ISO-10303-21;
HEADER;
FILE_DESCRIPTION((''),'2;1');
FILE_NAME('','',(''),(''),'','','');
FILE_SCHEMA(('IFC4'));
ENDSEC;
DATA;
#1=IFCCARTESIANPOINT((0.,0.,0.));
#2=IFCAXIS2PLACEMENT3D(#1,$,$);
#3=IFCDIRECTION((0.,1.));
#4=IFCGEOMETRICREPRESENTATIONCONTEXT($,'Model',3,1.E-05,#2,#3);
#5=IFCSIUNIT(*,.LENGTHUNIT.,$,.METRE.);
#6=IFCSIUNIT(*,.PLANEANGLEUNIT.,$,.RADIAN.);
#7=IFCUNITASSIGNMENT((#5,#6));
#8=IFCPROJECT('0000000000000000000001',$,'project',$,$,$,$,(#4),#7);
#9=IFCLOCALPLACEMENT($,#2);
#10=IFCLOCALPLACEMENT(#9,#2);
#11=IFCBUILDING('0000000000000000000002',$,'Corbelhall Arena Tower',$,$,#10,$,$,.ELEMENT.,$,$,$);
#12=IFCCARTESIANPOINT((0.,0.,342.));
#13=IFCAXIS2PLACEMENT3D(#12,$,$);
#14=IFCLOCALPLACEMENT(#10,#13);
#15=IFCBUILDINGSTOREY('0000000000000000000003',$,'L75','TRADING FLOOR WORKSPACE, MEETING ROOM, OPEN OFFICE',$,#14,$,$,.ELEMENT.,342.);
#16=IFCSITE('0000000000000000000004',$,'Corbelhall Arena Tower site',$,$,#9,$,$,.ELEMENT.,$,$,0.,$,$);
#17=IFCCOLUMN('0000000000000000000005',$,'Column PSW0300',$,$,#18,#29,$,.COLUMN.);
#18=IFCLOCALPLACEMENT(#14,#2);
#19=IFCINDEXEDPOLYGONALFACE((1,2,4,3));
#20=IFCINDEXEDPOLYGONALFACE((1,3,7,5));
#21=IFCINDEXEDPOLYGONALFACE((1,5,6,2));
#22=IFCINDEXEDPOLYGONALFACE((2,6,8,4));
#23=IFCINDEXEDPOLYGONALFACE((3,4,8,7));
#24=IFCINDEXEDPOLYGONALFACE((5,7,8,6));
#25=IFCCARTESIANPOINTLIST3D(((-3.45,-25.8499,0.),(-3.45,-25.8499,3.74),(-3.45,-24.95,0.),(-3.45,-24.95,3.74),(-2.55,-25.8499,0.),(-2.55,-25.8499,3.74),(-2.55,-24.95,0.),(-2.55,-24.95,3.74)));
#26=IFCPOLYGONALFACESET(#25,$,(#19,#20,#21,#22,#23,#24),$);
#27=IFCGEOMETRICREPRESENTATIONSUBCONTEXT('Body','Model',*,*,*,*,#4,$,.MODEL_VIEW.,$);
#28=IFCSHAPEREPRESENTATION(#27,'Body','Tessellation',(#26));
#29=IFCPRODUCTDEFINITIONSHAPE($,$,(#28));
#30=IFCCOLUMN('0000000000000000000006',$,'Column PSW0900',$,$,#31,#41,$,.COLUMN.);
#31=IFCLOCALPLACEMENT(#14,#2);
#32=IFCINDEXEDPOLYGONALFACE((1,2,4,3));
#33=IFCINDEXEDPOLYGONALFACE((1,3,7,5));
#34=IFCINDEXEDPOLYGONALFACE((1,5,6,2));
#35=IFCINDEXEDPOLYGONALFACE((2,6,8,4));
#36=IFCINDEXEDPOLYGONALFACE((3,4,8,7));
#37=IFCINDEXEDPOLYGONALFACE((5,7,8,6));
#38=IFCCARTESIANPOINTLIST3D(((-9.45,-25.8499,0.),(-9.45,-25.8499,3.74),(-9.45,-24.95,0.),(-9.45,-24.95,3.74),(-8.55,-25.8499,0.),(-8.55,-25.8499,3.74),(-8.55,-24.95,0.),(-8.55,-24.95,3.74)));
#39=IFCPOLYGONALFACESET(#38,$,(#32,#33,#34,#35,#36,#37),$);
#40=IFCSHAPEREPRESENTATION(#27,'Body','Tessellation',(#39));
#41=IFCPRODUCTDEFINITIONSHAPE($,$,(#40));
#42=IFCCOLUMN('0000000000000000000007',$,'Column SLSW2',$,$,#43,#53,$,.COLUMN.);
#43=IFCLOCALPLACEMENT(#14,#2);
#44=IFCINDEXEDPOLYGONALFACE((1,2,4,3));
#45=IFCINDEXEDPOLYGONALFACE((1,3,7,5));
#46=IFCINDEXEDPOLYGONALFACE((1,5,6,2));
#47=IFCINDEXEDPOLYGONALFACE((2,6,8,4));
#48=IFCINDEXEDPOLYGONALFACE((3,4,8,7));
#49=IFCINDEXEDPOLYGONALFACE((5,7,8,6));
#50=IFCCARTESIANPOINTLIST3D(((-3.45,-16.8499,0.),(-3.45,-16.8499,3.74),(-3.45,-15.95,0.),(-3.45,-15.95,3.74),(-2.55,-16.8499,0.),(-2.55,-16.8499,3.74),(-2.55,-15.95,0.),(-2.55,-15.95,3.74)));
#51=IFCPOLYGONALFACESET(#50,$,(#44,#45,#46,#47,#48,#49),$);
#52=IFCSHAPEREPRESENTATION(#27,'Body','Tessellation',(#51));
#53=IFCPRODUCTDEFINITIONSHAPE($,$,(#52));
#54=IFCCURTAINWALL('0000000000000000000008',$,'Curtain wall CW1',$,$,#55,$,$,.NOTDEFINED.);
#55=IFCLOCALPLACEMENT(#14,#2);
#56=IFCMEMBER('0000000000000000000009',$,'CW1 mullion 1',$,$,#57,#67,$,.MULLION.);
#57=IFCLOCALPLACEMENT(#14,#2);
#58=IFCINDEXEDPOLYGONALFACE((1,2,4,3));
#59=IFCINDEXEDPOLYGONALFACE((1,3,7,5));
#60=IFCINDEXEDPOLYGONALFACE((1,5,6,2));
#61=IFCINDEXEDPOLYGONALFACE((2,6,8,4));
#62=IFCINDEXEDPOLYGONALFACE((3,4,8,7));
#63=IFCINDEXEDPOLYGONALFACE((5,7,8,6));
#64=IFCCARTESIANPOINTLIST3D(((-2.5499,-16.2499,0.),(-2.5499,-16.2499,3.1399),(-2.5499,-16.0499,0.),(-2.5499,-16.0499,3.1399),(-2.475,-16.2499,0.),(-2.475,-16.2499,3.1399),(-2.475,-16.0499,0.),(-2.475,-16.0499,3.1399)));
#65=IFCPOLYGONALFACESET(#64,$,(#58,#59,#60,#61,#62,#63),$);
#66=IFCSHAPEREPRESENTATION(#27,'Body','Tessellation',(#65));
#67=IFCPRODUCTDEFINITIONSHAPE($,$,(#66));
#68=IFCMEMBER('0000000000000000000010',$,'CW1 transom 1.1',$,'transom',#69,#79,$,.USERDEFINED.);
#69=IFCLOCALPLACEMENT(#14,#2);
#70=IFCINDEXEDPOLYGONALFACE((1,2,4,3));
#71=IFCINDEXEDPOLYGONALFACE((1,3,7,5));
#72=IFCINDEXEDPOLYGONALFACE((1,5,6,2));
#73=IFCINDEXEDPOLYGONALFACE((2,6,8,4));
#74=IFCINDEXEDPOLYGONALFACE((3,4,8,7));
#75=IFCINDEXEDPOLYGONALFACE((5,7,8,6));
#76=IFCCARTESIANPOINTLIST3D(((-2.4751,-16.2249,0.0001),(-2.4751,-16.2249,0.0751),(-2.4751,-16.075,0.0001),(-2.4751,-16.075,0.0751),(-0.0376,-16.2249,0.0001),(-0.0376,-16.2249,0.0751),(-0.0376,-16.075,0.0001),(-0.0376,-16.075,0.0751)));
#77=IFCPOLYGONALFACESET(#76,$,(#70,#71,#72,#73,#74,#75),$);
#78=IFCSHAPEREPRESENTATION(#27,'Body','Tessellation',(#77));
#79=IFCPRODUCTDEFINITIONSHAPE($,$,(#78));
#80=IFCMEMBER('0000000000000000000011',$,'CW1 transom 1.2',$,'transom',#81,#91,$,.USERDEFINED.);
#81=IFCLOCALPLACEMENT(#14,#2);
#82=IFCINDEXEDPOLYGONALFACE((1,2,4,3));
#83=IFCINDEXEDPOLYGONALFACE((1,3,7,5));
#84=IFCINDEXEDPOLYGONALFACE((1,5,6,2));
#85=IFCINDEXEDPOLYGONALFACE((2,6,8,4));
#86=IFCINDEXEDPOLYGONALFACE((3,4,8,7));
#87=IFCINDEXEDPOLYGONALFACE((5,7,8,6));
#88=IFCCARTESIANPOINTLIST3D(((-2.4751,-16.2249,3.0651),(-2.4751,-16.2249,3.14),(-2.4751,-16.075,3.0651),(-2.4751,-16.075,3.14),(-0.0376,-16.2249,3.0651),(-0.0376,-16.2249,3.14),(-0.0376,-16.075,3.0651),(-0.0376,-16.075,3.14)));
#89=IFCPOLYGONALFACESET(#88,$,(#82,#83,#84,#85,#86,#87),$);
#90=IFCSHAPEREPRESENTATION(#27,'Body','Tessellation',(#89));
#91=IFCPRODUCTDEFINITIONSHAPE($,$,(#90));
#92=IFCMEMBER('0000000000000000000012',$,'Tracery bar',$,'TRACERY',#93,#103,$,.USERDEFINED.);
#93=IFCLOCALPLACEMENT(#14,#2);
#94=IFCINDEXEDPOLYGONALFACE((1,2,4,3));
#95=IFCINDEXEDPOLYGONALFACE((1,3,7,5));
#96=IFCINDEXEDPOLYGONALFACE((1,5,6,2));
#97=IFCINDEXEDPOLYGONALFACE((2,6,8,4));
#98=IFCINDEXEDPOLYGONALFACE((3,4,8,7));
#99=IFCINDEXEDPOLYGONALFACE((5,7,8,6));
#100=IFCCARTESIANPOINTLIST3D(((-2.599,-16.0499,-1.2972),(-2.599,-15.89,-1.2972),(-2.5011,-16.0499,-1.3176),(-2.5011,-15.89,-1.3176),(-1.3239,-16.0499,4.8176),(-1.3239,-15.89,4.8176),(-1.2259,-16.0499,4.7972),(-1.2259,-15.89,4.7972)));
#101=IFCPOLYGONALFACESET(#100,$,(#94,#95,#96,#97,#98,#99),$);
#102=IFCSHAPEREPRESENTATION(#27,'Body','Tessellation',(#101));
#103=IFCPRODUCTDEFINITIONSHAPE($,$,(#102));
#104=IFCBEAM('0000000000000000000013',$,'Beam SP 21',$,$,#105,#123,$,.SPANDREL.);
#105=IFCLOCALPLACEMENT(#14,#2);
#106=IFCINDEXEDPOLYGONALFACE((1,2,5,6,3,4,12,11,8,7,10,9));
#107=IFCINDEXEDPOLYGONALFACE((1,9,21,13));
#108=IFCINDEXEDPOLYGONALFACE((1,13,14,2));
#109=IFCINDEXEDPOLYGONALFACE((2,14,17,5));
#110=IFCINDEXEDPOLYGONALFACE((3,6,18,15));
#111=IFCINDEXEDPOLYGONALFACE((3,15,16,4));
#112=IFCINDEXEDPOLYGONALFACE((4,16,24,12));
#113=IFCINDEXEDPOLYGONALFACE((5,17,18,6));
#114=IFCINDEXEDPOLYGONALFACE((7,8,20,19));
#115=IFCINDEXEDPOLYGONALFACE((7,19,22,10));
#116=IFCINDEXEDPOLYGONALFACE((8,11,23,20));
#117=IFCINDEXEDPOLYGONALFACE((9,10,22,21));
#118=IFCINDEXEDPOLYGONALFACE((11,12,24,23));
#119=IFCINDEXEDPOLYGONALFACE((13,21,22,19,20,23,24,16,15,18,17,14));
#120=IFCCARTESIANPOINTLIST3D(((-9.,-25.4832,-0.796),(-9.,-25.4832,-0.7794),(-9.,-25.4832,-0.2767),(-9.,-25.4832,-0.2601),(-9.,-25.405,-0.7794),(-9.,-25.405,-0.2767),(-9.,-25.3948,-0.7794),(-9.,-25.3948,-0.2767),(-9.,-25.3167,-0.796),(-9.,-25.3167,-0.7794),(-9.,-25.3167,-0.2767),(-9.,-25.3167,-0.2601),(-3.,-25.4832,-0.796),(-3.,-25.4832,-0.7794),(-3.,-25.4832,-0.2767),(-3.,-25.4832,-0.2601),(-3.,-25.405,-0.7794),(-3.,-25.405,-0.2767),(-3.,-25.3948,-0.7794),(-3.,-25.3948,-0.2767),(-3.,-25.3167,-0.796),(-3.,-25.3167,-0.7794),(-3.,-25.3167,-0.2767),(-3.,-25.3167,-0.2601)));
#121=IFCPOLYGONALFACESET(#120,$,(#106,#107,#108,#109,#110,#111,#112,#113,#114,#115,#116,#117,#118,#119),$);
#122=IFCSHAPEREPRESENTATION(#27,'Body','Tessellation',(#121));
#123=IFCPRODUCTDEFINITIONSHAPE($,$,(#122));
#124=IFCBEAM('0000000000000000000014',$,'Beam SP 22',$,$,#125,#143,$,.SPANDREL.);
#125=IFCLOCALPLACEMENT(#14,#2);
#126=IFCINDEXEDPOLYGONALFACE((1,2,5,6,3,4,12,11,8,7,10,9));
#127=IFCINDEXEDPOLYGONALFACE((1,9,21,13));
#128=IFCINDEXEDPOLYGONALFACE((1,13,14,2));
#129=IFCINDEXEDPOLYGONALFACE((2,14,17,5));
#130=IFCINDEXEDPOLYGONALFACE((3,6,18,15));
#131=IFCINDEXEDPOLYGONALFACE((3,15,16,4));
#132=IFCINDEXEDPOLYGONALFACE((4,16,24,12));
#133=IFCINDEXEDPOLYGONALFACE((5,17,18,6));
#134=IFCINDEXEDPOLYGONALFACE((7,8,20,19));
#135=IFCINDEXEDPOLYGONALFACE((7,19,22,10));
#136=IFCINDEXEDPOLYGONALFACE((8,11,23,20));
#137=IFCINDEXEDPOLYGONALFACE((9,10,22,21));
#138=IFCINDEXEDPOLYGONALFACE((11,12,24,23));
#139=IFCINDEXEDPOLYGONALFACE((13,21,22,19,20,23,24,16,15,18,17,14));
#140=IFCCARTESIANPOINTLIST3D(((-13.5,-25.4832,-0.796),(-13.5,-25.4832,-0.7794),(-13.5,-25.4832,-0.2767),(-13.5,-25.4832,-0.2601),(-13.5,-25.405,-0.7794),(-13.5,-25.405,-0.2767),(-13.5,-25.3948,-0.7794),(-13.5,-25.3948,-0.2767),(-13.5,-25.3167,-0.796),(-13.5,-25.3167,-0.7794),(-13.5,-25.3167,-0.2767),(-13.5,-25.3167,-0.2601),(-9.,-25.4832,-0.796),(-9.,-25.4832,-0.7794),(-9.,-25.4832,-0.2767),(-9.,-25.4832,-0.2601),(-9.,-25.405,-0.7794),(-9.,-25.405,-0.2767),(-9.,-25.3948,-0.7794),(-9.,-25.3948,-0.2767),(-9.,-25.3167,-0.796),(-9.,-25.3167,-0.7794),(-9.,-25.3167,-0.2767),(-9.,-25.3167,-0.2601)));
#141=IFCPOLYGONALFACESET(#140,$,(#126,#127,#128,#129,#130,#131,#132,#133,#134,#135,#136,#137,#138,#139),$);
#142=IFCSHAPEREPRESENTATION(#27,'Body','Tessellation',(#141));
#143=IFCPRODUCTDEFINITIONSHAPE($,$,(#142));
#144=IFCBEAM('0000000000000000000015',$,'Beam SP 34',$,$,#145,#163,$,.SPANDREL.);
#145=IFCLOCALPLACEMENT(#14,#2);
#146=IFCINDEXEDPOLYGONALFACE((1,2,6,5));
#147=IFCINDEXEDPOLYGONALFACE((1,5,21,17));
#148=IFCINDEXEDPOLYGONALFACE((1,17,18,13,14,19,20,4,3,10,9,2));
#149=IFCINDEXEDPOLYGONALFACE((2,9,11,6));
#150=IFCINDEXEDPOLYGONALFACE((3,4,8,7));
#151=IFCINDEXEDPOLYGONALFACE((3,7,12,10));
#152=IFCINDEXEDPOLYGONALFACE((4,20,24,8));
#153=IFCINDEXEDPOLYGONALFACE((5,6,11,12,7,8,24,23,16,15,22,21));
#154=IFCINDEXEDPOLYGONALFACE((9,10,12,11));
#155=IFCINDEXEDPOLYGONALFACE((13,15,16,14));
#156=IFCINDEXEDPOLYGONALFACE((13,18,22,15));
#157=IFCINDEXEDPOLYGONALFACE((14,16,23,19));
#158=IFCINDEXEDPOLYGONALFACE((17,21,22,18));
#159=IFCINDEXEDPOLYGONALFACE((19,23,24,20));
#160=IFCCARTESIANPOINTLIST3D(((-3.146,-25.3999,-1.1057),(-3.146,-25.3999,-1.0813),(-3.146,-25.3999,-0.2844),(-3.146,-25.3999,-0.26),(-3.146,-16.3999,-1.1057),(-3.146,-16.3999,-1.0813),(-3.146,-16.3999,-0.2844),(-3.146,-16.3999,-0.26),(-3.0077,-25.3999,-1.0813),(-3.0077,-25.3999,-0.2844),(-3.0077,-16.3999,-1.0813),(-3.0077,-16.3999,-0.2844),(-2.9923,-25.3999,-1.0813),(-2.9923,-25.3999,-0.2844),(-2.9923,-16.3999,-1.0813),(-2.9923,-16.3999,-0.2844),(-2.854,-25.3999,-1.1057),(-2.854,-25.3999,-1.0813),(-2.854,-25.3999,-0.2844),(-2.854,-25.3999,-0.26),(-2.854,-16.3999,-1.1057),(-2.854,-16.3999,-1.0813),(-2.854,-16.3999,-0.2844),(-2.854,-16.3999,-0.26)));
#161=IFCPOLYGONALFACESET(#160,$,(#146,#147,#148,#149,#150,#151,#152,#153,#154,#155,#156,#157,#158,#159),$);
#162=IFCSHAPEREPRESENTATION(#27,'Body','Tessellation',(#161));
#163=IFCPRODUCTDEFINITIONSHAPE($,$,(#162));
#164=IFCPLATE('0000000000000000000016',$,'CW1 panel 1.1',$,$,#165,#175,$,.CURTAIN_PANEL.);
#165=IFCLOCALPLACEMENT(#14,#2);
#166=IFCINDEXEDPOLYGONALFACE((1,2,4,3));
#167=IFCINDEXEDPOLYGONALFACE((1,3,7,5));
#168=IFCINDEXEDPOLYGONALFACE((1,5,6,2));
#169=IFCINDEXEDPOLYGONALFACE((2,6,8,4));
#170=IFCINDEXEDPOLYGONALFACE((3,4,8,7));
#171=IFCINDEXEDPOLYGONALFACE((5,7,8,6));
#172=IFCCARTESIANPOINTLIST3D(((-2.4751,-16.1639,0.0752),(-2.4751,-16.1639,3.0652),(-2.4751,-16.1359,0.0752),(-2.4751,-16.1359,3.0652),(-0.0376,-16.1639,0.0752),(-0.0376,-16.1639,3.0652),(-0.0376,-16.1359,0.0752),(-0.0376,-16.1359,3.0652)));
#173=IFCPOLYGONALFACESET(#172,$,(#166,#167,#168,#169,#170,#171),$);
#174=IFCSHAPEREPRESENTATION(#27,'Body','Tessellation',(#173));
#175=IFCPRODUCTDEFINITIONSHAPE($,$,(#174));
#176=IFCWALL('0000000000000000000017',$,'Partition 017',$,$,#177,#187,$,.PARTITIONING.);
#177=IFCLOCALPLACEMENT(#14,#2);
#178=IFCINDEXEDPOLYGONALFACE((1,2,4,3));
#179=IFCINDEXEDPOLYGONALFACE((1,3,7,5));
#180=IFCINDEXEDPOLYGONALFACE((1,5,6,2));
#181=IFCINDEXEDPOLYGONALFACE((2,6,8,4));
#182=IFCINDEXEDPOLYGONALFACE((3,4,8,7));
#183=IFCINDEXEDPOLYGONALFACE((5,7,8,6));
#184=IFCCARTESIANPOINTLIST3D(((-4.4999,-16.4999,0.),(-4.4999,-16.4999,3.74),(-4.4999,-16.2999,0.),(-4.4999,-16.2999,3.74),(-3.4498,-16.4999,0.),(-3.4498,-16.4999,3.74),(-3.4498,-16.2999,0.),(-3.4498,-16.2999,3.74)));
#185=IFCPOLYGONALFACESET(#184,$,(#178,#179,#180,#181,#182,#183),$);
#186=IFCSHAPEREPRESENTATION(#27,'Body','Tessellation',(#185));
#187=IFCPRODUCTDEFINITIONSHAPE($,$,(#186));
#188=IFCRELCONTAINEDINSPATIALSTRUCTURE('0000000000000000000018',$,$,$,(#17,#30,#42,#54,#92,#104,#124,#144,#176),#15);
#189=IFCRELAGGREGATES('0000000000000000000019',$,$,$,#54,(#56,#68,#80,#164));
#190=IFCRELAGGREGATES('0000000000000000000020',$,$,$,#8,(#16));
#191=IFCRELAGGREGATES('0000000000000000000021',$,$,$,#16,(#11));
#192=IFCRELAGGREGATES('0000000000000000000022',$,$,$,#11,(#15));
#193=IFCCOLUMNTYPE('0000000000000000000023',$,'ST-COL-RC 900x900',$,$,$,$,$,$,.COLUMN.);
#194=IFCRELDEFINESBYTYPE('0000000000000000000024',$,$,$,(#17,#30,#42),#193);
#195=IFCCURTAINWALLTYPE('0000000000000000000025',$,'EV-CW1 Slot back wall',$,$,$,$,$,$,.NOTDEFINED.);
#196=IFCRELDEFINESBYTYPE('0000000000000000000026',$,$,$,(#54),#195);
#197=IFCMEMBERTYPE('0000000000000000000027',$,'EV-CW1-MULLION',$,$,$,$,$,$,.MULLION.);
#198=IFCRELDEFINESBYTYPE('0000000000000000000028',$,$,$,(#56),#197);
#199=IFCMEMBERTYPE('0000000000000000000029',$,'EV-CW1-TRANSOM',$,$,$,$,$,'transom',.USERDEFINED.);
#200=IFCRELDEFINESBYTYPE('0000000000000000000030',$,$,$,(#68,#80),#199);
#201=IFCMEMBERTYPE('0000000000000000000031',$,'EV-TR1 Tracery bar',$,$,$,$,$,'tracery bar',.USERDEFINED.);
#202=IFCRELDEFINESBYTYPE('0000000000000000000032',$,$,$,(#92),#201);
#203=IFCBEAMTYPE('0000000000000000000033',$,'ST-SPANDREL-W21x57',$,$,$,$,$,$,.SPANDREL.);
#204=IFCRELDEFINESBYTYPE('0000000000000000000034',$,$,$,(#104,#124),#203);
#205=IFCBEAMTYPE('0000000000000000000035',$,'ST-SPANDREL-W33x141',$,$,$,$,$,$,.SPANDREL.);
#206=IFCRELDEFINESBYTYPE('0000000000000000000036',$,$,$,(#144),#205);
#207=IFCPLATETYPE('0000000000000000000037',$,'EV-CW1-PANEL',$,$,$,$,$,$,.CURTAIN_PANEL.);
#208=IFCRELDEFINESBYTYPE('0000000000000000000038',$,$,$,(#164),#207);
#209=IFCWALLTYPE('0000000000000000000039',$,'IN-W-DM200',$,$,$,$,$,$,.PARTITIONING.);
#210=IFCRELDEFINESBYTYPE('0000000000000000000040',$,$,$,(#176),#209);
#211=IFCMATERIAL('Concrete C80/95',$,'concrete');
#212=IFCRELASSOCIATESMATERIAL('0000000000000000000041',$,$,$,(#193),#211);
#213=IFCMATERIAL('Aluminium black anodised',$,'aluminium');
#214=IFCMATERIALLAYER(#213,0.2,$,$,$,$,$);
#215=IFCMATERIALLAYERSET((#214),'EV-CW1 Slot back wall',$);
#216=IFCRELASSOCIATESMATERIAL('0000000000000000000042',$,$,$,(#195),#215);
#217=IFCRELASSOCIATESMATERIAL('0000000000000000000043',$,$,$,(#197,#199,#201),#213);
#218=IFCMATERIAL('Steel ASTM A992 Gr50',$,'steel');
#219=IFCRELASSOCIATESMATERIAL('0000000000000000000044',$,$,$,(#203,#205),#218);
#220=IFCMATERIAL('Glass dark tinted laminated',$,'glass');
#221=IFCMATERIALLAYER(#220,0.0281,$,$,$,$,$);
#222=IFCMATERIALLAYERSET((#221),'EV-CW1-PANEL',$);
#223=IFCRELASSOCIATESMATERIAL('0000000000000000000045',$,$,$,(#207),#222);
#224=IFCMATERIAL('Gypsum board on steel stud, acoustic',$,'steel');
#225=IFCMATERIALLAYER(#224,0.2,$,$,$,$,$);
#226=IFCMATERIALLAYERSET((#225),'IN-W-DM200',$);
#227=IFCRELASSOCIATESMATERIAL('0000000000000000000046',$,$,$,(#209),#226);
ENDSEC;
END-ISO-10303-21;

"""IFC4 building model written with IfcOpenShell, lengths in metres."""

from ifc_helpers import new_model, si_unit, direction, frame, frame_2d, origin, origin_2d, place, context, subcontext, project, spatial, rectangle, i_section, extrude, material, layer, layer_set, material_profile, profile_set, type_object, element, aggregate, save


model = new_model("IFC4")

# Units and contexts
model_context = context("Model", 3, precision=1e-05, world=origin(), true_north=direction((0.0, 1.0)))
body_context = subcontext(model_context, "Body", "Model", "MODEL_VIEW")
ifc_project = project(units=[si_unit("LENGTHUNIT", "METRE"), si_unit("PLANEANGLEUNIT", "RADIAN")], contexts=[model_context])

# Site, building, storey
site_placement = place(None, origin())
site = spatial("IfcSite", under=ifc_project, at=site_placement, Name="Corbelhall Arena Tower site", CompositionType="ELEMENT", RefElevation=0.0)
building_placement = place(site_placement, origin())
building = spatial("IfcBuilding", under=site, at=building_placement, Name="Corbelhall Arena Tower", CompositionType="ELEMENT")
storey_placement = place(building_placement, frame((0.0, 0.0, 342.0)))
storey = spatial("IfcBuildingStorey", under=building, at=storey_placement, Name="L75", Description="TRADING FLOOR WORKSPACE, MEETING ROOM, OPEN OFFICE", CompositionType="ELEMENT", Elevation=342.0)

# Columns
ifc_material_1 = material(Name="Concrete C80/95", Category="concrete")
ifc_material_profile_1 = material_profile(ifc_material_1, rectangle(XDim=0.8999, YDim=0.8999, at=origin_2d()))
ifc_profile_set_1 = profile_set([ifc_material_profile_1], Name="Concrete C80/95")
column_type = type_object("IfcColumnType", Name="ST-COL-RC 900x900", PredefinedType="COLUMN", material=ifc_profile_set_1)
for number, where, z_axis, x_axis, name in (
    (1, (-3.0, -25.3999, 0.0), (0.0, 0.0, 1.0), (1.0, 0.0, 0.0), "Column PSW0300"),
    (2, (-9.0, -25.3999, 0.0), (0.0, 0.0, 1.0), (1.0, 0.0, 0.0), "Column PSW0900"),
    (3, (-3.0, -16.3999, 0.0), (0.0, 0.0, 1.0), (1.0, 0.0, 0.0), "Column SLSW2"),
):
    element("IfcColumn", number, at=place(storey_placement, frame(where, z_axis=z_axis, x_axis=x_axis)), inside=storey, type_object=column_type, Name=name, PredefinedType="COLUMN", context=body_context, shape_type="SweptSolid", body=[
        extrude(rectangle(XDim=0.8999, YDim=0.8999, at=origin_2d()), origin(), (0.0, 0.0, 1.0), 3.74),
    ])

# Curtain wall, members
ifc_material_2 = material(Name="Aluminium black anodised", Category="aluminium")
ifc_layer_1 = layer(ifc_material_2, 0.2)
ifc_layer_set_1 = layer_set([ifc_layer_1], Name="EV-CW1 Slot back wall")
curtain_wall_type = type_object("IfcCurtainWallType", Name="EV-CW1 Slot back wall", PredefinedType="NOTDEFINED", material=ifc_layer_set_1)
curtain_wall_placement = place(storey_placement, origin())
curtain_wall = element("IfcCurtainWall", 4, at=curtain_wall_placement, inside=storey, type_object=curtain_wall_type, Name="Curtain wall CW1", PredefinedType="NOTDEFINED")
ifc_material_profile_2 = material_profile(ifc_material_2, rectangle(XDim=0.2, YDim=0.075, at=origin_2d()))
ifc_profile_set_2 = profile_set([ifc_material_profile_2], Name="Aluminium black anodised")
member_type_1 = type_object("IfcMemberType", Name="EV-CW1-MULLION", PredefinedType="MULLION", material=ifc_profile_set_2)
member_1_placement = place(storey_placement, frame((-2.5125, -16.1499, 0.0), z_axis=(0.0, 0.0, 1.0), x_axis=(0.0, 1.0, 0.0)))
member_1 = element("IfcMember", 5, at=member_1_placement, type_object=member_type_1, Name="CW1 mullion 1", PredefinedType="MULLION", context=body_context, shape_type="SweptSolid", body=[
    extrude(rectangle(XDim=0.2, YDim=0.075, at=origin_2d()), origin(), (0.0, 0.0, 1.0), 3.1399),
])
ifc_material_profile_3 = material_profile(ifc_material_2, rectangle(XDim=0.1499, YDim=0.075, at=origin_2d()))
ifc_profile_set_3 = profile_set([ifc_material_profile_3], Name="Aluminium black anodised")
member_type_2 = type_object("IfcMemberType", Name="EV-CW1-TRANSOM", ElementType="transom", PredefinedType="USERDEFINED", material=ifc_profile_set_3)
member_2_placement = place(storey_placement, frame((-2.4751, -16.1499, 0.0376), z_axis=(1.0, 0.0, 0.0), x_axis=(0.0, 1.0, 0.0)))
member_2 = element("IfcMember", 6, at=member_2_placement, type_object=member_type_2, Name="CW1 transom 1.1", ObjectType="transom", PredefinedType="USERDEFINED", context=body_context, shape_type="SweptSolid", body=[
    extrude(rectangle(XDim=0.1499, YDim=0.075, at=origin_2d()), origin(), (0.0, 0.0, 1.0), 2.4375),
])
member_3_placement = place(storey_placement, frame((-2.4751, -16.1499, 3.1025), z_axis=(1.0, 0.0, 0.0), x_axis=(0.0, 1.0, 0.0)))
member_3 = element("IfcMember", 7, at=member_3_placement, type_object=member_type_2, Name="CW1 transom 1.2", ObjectType="transom", PredefinedType="USERDEFINED", context=body_context, shape_type="SweptSolid", body=[
    extrude(rectangle(XDim=0.1499, YDim=0.075, at=origin_2d()), origin(), (0.0, 0.0, 1.0), 2.4375),
])

# Member
ifc_material_profile_4 = material_profile(ifc_material_2, rectangle(XDim=0.1599, YDim=0.1001, at=origin_2d()))
ifc_profile_set_4 = profile_set([ifc_material_profile_4], Name="Aluminium black anodised")
member_type_3 = type_object("IfcMemberType", Name="EV-TR1 Tracery bar", ElementType="tracery bar", PredefinedType="USERDEFINED", material=ifc_profile_set_4)
member_4_placement = place(storey_placement, frame((-2.55, -15.97, -1.3074), z_axis=(0.204145, 0.0, 0.978941), x_axis=(0.0, 1.0, 0.0)))
element("IfcMember", 8, at=member_4_placement, inside=storey, type_object=member_type_3, Name="Tracery bar", ObjectType="TRACERY", PredefinedType="USERDEFINED", context=body_context, shape_type="SweptSolid", body=[
    extrude(rectangle(XDim=0.1599, YDim=0.1001, at=origin_2d()), origin(), (0.0, 0.0, 1.0), 6.2463),
])

# Beams
ifc_material_3 = material(Name="Steel ASTM A992 Gr50", Category="steel")
ifc_material_profile_5 = material_profile(ifc_material_3, i_section(OverallWidth=0.1665, OverallDepth=0.5359, WebThickness=0.0103, FlangeThickness=0.0166, at=origin_2d()))
ifc_profile_set_5 = profile_set([ifc_material_profile_5], Name="Steel ASTM A992 Gr50")
beam_type_1 = type_object("IfcBeamType", Name="ST-SPANDREL-W21x57", PredefinedType="SPANDREL", material=ifc_profile_set_5)
beam_1_placement = place(storey_placement, frame((-3.0, -25.3999, -0.5281), z_axis=(-1.0, 0.0, 0.0), x_axis=(0.0, -1.0, 0.0)))
element("IfcBeam", 9, at=beam_1_placement, inside=storey, type_object=beam_type_1, Name="Beam SP 21", PredefinedType="SPANDREL", context=body_context, shape_type="SweptSolid", body=[
    extrude(i_section(OverallWidth=0.1665, OverallDepth=0.5359, WebThickness=0.0103, FlangeThickness=0.0166, at=origin_2d()), origin(), (0.0, 0.0, 1.0), 6.0),
])
beam_2_placement = place(storey_placement, frame((-9.0, -25.3999, -0.5281), z_axis=(-1.0, 0.0, 0.0), x_axis=(0.0, -1.0, 0.0)))
element("IfcBeam", 10, at=beam_2_placement, inside=storey, type_object=beam_type_1, Name="Beam SP 22", PredefinedType="SPANDREL", context=body_context, shape_type="SweptSolid", body=[
    extrude(i_section(OverallWidth=0.1665, OverallDepth=0.5359, WebThickness=0.0103, FlangeThickness=0.0166, at=origin_2d()), origin(), (0.0, 0.0, 1.0), 4.5),
])
ifc_material_profile_6 = material_profile(ifc_material_3, i_section(OverallWidth=0.292, OverallDepth=0.8457, WebThickness=0.0154, FlangeThickness=0.0244, at=origin_2d()))
ifc_profile_set_6 = profile_set([ifc_material_profile_6], Name="Steel ASTM A992 Gr50")
beam_type_2 = type_object("IfcBeamType", Name="ST-SPANDREL-W33x141", PredefinedType="SPANDREL", material=ifc_profile_set_6)
beam_3_placement = place(storey_placement, frame((-3.0, -16.3999, -0.6829), z_axis=(0.0, -1.0, 0.0), x_axis=(1.0, 0.0, 0.0)))
element("IfcBeam", 11, at=beam_3_placement, inside=storey, type_object=beam_type_2, Name="Beam SP 34", PredefinedType="SPANDREL", context=body_context, shape_type="SweptSolid", body=[
    extrude(i_section(OverallWidth=0.292, OverallDepth=0.8457, WebThickness=0.0154, FlangeThickness=0.0244, at=origin_2d()), origin(), (0.0, 0.0, 1.0), 9.0),
])

# Plate
ifc_material_4 = material(Name="Glass dark tinted laminated", Category="glass")
ifc_layer_2 = layer(ifc_material_4, 0.0281)
ifc_layer_set_2 = layer_set([ifc_layer_2], Name="EV-CW1-PANEL")
plate_type = type_object("IfcPlateType", Name="EV-CW1-PANEL", PredefinedType="CURTAIN_PANEL", material=ifc_layer_set_2)
plate_placement = place(storey_placement, frame((-1.2563, -16.1499, 0.0752), z_axis=(0.0, 0.0, 1.0), x_axis=(1.0, 0.0, 0.0)))
plate = element("IfcPlate", 12, at=plate_placement, type_object=plate_type, Name="CW1 panel 1.1", PredefinedType="CURTAIN_PANEL", context=body_context, shape_type="SweptSolid", body=[
    extrude(rectangle(XDim=2.4375, YDim=0.0281, at=origin_2d()), origin(), (0.0, 0.0, 1.0), 2.99),
])
aggregate(curtain_wall, [member_1, member_2, member_3, plate])

# Shared definitions
ifc_material_5 = material(Name="Gypsum board on steel stud, acoustic", Category="steel")
ifc_layer_3 = layer(ifc_material_5, 0.2)
ifc_layer_set_3 = layer_set([ifc_layer_3], Name="IN-W-DM200")
wall_type_1 = type_object("IfcWallType", Name="IN-W-DM200", PredefinedType="PARTITIONING", material=ifc_layer_set_3)

# Wall
wall_1_placement = place(storey_placement, frame((-3.45, -16.3999, 0.0), z_axis=(0.0, 0.0, 1.0), x_axis=(-1.0, 0.0, 0.0)))
element("IfcWall", 13, at=wall_1_placement, inside=storey, type_object=wall_type_1, Name="Partition 017", PredefinedType="PARTITIONING", context=body_context, shape_type="SweptSolid", body=[
    extrude(rectangle(XDim=1.05, YDim=0.2, at=frame_2d((0.5249, 0.0))), origin(), (0.0, 0.0, 1.0), 3.74),
])

save(model, "model.ifc")
